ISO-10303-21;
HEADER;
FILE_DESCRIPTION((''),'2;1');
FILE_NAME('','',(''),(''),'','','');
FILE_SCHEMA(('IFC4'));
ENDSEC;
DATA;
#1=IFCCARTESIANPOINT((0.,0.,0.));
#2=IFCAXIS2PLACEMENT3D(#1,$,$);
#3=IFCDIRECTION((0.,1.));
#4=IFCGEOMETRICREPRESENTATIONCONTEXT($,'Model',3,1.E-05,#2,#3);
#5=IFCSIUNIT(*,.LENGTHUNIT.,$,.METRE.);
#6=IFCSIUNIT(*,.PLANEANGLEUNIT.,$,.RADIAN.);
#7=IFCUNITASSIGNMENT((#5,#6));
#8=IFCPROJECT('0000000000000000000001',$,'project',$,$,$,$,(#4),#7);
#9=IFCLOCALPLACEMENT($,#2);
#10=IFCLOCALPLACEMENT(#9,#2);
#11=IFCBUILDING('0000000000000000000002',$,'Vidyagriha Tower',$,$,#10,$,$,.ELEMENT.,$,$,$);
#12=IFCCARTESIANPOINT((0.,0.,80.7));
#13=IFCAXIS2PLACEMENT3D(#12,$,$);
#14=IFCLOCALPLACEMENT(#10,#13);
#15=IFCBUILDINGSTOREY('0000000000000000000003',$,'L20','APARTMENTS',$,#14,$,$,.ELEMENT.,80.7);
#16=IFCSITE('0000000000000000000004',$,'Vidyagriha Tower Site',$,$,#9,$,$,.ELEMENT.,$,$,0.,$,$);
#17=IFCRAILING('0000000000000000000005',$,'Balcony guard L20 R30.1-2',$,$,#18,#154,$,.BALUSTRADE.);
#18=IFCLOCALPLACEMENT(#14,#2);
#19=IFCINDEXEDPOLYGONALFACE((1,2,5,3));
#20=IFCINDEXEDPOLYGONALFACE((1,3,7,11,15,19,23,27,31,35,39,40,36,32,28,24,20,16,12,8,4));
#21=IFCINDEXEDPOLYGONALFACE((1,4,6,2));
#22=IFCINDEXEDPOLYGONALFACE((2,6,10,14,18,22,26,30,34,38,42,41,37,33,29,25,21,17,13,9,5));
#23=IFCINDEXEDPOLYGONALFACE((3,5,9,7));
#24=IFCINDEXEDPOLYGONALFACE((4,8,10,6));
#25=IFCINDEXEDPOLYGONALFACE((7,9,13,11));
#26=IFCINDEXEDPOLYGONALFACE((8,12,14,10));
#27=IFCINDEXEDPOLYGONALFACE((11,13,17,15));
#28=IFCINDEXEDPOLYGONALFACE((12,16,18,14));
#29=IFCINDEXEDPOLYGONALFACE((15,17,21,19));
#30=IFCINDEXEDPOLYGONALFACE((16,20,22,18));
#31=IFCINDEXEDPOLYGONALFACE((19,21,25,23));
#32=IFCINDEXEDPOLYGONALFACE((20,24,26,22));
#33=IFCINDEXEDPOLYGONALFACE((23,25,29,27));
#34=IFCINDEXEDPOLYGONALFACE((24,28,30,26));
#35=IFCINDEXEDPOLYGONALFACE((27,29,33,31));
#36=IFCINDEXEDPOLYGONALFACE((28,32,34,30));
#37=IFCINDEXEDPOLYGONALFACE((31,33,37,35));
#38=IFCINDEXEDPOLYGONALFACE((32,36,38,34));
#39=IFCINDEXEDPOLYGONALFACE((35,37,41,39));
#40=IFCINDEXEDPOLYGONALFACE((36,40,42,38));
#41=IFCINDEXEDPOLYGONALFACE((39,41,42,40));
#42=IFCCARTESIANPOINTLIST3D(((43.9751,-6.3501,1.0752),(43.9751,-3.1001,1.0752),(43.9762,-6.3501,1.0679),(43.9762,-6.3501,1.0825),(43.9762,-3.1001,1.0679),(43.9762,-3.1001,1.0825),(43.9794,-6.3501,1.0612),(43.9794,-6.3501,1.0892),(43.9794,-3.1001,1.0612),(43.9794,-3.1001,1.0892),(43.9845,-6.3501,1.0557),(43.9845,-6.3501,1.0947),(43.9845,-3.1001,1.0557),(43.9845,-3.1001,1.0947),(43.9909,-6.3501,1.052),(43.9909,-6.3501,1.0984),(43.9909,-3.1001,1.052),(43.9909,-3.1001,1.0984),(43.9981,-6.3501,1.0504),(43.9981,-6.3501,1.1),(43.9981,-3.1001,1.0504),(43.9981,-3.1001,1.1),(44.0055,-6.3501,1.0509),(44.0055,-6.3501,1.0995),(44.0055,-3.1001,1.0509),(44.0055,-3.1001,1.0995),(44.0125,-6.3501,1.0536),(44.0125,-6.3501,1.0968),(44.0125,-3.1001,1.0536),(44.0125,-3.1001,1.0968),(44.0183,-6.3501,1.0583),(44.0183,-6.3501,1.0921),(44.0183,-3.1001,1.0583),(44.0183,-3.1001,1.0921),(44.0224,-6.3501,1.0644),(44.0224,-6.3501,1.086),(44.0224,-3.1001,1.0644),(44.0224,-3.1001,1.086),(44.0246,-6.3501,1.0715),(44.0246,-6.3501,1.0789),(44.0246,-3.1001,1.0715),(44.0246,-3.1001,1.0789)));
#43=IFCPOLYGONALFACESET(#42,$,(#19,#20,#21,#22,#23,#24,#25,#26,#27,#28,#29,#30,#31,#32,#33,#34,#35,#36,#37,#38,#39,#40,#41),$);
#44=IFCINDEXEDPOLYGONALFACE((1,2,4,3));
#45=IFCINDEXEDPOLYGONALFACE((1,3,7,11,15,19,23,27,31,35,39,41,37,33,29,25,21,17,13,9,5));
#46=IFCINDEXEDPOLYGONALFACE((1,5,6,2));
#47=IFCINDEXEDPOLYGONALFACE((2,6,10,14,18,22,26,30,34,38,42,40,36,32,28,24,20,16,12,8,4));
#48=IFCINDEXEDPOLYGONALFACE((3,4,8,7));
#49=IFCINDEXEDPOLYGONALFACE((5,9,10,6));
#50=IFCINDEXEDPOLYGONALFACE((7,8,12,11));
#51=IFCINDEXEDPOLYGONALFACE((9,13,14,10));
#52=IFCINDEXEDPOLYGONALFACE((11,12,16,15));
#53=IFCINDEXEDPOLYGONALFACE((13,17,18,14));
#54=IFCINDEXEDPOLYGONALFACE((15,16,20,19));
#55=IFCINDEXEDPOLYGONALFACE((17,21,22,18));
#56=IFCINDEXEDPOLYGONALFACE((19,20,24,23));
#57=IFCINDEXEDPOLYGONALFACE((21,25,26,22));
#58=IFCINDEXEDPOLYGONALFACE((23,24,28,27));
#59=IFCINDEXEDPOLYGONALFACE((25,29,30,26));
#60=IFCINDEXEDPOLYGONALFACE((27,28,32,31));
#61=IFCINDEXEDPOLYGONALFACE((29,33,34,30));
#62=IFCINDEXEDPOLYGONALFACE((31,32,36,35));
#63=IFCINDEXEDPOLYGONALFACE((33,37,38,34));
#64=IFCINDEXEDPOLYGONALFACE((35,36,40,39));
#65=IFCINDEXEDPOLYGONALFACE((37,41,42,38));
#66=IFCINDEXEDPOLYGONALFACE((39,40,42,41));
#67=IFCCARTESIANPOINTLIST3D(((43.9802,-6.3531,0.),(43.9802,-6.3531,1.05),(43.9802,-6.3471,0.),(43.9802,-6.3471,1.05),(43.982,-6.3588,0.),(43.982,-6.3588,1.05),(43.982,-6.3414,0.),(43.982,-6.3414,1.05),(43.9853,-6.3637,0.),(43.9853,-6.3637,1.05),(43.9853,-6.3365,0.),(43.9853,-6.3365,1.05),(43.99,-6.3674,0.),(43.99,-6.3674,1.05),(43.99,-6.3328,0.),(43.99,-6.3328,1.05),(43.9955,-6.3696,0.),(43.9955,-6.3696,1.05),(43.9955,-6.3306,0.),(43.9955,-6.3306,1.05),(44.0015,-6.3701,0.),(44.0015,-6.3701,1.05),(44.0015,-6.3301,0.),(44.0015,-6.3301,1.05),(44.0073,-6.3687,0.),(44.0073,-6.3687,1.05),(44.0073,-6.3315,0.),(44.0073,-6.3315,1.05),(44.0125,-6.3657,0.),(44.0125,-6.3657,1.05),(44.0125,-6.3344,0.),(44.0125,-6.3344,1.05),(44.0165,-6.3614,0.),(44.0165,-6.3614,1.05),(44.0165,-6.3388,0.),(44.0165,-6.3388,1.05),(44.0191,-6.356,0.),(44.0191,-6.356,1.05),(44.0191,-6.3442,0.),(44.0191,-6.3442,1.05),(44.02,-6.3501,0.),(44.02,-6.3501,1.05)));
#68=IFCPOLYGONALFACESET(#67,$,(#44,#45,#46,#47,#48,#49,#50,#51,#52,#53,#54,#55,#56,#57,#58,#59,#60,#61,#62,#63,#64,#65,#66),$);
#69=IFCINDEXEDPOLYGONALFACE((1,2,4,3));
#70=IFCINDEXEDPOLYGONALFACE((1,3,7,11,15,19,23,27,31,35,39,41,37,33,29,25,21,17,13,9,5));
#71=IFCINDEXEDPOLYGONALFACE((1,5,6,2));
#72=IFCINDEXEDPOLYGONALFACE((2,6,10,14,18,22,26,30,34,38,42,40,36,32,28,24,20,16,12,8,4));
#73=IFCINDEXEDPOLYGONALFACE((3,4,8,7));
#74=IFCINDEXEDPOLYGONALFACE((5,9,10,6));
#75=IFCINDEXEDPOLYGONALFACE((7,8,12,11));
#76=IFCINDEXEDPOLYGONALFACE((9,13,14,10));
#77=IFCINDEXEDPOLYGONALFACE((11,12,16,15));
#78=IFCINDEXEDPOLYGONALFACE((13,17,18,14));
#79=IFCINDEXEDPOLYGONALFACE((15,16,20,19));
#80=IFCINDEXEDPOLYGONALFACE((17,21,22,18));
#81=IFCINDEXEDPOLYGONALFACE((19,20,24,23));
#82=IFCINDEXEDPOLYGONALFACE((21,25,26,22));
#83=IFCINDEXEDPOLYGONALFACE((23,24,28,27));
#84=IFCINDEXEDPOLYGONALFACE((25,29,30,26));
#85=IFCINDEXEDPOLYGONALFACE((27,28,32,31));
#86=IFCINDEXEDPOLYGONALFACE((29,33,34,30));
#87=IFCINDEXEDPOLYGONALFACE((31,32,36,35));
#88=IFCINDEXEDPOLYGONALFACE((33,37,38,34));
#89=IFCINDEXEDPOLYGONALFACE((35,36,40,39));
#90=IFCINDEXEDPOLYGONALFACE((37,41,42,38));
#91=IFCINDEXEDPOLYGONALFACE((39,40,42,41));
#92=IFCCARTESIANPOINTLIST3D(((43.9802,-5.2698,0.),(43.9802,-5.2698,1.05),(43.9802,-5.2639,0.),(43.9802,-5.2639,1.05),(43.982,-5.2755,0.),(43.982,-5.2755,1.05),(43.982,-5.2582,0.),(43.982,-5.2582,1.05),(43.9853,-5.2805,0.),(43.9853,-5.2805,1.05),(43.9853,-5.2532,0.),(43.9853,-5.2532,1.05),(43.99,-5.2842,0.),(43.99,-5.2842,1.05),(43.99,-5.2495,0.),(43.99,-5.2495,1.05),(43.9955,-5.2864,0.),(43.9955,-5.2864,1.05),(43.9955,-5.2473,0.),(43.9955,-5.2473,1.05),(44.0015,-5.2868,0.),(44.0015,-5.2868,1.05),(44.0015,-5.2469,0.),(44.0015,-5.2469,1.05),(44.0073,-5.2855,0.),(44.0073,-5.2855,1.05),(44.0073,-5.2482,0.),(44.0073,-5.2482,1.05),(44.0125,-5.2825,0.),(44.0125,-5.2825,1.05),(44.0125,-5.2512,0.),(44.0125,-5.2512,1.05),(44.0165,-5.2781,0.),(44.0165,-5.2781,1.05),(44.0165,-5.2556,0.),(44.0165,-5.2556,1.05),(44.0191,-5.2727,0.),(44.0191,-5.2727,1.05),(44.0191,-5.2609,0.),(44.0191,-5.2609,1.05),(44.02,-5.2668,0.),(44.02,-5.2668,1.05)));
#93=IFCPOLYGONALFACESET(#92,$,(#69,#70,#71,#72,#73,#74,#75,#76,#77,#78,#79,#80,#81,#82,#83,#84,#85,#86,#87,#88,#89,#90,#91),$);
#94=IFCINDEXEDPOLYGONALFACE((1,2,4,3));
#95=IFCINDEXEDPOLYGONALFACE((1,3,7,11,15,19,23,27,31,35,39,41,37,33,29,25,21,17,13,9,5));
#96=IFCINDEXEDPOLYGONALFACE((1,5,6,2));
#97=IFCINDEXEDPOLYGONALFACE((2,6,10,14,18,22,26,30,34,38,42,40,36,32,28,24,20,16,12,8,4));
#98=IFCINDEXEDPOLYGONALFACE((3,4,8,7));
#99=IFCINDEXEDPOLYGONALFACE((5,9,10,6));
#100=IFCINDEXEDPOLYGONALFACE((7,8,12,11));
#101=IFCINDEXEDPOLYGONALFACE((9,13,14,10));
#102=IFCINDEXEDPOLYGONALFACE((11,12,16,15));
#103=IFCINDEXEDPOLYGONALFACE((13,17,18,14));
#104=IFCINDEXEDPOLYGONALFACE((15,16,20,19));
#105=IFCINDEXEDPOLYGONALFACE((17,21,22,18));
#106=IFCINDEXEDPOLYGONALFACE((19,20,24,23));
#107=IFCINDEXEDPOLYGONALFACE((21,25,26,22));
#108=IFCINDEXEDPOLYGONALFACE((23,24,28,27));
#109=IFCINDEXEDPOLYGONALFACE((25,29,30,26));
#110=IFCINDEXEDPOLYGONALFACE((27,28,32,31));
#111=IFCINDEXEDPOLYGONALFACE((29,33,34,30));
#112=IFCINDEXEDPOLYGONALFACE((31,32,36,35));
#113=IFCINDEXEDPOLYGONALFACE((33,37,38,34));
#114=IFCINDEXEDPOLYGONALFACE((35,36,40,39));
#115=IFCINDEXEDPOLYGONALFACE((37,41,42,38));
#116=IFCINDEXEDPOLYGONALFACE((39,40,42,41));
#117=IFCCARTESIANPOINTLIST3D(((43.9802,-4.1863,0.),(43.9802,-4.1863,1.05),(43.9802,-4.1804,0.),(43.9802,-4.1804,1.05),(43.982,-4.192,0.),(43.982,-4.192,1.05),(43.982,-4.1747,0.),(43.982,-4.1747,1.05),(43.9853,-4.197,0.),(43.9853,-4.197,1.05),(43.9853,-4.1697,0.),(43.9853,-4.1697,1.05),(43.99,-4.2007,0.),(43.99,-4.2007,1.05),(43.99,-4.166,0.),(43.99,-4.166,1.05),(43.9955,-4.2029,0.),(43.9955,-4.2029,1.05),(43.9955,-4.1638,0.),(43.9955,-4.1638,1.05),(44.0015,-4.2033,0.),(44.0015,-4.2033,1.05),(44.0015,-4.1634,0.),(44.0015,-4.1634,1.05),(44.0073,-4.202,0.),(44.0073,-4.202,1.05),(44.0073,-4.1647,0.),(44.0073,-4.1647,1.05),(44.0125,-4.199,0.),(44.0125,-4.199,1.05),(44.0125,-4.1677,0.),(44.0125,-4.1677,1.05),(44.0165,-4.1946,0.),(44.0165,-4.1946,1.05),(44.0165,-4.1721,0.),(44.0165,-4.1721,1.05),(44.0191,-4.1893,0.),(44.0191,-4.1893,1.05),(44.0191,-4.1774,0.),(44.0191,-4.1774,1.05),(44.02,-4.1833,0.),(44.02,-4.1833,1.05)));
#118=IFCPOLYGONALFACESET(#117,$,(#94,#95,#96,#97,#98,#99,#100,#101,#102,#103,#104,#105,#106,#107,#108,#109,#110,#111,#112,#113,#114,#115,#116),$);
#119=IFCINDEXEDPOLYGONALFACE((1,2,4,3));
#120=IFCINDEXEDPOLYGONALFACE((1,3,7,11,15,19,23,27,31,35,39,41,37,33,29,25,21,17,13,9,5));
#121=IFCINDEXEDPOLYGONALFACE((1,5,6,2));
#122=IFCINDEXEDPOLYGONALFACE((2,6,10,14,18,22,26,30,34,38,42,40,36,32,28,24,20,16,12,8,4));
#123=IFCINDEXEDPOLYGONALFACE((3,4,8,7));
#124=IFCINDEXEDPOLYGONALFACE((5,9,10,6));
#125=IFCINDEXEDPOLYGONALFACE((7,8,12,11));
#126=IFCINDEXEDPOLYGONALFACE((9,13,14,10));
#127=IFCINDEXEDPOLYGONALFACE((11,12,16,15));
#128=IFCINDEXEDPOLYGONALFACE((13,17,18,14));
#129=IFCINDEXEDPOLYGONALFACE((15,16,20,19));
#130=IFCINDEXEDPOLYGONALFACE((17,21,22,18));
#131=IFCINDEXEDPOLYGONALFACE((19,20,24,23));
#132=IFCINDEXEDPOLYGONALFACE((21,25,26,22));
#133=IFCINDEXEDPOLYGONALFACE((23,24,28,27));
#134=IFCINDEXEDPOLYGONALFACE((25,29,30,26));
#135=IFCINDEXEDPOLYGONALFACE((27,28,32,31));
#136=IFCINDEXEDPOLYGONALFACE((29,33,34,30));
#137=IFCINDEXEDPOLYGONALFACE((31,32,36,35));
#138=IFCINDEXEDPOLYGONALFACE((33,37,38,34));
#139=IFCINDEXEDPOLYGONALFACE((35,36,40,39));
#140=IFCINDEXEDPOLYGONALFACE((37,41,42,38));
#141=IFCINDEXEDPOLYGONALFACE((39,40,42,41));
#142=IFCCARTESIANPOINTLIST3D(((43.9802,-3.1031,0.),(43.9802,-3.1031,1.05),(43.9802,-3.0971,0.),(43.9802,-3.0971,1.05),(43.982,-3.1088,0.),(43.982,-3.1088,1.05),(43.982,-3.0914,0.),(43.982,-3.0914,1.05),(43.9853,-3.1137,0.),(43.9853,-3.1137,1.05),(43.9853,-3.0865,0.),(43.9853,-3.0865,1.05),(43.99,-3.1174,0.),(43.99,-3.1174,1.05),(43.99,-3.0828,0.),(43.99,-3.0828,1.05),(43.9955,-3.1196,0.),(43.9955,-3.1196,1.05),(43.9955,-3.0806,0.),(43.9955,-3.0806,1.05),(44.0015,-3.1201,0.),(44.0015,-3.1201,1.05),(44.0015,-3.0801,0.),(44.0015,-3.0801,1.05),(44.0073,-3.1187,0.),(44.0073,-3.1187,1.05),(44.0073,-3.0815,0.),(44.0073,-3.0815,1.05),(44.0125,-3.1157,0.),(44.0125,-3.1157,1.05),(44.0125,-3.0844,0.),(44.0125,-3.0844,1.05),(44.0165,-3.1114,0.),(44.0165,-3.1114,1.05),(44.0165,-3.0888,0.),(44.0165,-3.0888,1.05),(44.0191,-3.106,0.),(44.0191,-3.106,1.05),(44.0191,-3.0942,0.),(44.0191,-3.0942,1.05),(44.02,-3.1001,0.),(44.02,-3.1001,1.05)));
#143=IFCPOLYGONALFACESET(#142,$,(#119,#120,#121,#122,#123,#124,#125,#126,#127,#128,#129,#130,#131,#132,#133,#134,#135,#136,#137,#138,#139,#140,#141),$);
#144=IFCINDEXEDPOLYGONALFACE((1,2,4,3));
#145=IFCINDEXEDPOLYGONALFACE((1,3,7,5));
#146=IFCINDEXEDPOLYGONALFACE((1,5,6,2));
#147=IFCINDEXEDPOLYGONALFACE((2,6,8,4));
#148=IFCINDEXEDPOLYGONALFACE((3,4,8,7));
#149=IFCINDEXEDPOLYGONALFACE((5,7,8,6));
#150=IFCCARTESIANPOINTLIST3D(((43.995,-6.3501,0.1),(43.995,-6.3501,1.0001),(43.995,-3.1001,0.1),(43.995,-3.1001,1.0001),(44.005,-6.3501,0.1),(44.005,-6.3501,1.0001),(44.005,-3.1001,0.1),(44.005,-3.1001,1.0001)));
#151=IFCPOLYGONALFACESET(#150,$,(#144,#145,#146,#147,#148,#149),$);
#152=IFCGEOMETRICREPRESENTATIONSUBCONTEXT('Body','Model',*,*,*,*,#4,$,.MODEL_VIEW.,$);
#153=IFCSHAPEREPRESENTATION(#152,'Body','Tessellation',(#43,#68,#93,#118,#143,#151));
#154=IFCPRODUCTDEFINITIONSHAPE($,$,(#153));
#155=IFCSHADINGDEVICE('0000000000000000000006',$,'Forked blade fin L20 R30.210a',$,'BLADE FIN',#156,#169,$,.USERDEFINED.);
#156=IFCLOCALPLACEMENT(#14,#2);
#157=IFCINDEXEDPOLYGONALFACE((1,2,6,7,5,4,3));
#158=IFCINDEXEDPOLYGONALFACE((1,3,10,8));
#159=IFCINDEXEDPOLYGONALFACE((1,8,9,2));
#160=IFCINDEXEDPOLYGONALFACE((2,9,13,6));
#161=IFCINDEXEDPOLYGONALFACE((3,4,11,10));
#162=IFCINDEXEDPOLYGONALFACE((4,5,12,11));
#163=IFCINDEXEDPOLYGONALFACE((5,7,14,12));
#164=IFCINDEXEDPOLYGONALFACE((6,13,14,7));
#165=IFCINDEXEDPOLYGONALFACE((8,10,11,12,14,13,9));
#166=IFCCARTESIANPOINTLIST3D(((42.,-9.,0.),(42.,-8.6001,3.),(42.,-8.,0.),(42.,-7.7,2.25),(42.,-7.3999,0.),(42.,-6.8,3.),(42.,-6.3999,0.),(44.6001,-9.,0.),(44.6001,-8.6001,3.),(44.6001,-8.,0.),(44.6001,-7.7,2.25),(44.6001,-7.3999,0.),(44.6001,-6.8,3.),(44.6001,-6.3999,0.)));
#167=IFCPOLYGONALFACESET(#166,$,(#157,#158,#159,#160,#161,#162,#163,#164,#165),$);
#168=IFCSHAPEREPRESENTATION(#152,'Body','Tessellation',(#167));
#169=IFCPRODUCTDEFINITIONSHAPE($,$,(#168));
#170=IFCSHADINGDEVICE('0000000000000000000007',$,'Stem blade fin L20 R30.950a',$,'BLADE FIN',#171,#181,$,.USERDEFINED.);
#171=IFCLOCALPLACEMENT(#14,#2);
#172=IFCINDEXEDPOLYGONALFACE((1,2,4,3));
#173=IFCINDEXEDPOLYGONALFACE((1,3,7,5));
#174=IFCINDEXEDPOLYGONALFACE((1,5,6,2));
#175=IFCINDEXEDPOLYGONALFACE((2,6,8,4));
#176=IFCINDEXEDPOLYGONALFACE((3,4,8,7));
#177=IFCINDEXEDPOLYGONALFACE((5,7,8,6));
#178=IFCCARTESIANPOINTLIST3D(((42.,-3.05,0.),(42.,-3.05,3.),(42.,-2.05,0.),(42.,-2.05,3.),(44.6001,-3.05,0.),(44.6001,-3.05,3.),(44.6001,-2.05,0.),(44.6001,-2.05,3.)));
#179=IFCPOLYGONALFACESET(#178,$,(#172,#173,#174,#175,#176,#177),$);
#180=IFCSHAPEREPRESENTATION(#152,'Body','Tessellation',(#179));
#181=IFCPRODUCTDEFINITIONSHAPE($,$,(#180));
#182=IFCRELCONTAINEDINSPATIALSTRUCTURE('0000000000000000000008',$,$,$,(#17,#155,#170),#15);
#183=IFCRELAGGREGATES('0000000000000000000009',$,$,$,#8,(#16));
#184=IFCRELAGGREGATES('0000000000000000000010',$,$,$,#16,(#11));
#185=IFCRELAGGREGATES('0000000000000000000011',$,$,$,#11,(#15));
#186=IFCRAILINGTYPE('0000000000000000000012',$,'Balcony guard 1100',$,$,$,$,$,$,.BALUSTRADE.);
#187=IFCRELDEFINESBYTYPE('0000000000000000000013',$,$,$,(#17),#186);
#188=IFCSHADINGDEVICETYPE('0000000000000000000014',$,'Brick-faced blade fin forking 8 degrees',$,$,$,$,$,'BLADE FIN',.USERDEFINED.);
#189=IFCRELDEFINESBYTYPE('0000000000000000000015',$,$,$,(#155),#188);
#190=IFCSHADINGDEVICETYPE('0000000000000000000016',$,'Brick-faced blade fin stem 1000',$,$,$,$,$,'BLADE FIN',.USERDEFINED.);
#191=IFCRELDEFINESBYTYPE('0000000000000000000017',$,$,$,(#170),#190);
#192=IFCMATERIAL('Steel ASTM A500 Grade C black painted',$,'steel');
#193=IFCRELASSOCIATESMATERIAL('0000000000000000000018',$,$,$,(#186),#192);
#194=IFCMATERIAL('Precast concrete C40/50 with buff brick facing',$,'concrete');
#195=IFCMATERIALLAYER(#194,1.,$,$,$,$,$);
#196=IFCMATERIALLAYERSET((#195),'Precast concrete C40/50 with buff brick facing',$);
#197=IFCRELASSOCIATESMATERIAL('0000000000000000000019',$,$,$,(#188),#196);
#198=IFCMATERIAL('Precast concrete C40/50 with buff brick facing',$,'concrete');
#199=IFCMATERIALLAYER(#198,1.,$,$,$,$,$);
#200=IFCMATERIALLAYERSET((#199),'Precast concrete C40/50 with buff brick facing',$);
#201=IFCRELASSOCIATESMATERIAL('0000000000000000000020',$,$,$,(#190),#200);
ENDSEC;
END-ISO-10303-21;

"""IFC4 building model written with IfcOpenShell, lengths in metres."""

from ifc_helpers import new_model, si_unit, direction, frame, origin, origin_2d, place, context, subcontext, project, spatial, polyline, rectangle, circle, outline, extrude, material, layer, layer_set, type_object, element, save


model = new_model("IFC4")

# Units and contexts
model_context = context("Model", 3, precision=1e-05, world=origin(), true_north=direction((0.0, 1.0)))
body_context = subcontext(model_context, "Body", "Model", "MODEL_VIEW")
ifc_project = project(units=[si_unit("LENGTHUNIT", "METRE"), si_unit("PLANEANGLEUNIT", "RADIAN")], contexts=[model_context])

# Site, building, storey
site_placement = place(None, origin())
site = spatial("IfcSite", under=ifc_project, at=site_placement, Name="Vidyagriha Tower Site", CompositionType="ELEMENT", RefElevation=0.0)
building_placement = place(site_placement, origin())
building = spatial("IfcBuilding", under=site, at=building_placement, Name="Vidyagriha Tower", CompositionType="ELEMENT")
storey_placement = place(building_placement, frame((0.0, 0.0, 80.7)))
storey = spatial("IfcBuildingStorey", under=building, at=storey_placement, Name="L20", Description="APARTMENTS", CompositionType="ELEMENT", Elevation=80.7)

# Railing
ifc_material_1 = material(Name="Steel ASTM A500 Grade C black painted", Category="steel")
railing_type_1 = type_object("IfcRailingType", Name="Balcony guard 1100", PredefinedType="BALUSTRADE", material=ifc_material_1)
railing_1_placement = place(storey_placement, frame((44.0, -6.3501, 0.0)))
element("IfcRailing", 1, at=railing_1_placement, inside=storey, type_object=railing_type_1, Name="Balcony guard L20 R30.1-2", PredefinedType="BALUSTRADE", context=body_context, shape_type="SweptSolid", body=[
    extrude(circle(Radius=0.0249, at=origin_2d()), frame((0.0, 0.0, 1.0752), z_axis=(0.0, 1.0, 0.0), x_axis=(-1.0, 0.0, 0.0)), (0.0, 0.0, 1.0), 3.25),
    extrude(circle(Radius=0.02, at=origin_2d()), origin(), (0.0, 0.0, 1.0), 1.05),
    extrude(circle(Radius=0.02, at=origin_2d()), frame((0.0, 1.0833, 0.0)), (0.0, 0.0, 1.0), 1.05),
    extrude(circle(Radius=0.02, at=origin_2d()), frame((0.0, 2.1667, 0.0)), (0.0, 0.0, 1.0), 1.05),
    extrude(circle(Radius=0.02, at=origin_2d()), frame((0.0, 3.25, 0.0)), (0.0, 0.0, 1.0), 1.05),
    extrude(rectangle(XDim=0.01, YDim=0.9001, at=origin_2d()), frame((0.0, 0.0, 0.55), z_axis=(0.0, 1.0, 0.0), x_axis=(-1.0, 0.0, 0.0)), (0.0, 0.0, 1.0), 3.25),
])

# Shading devices
ifc_material_2 = material(Name="Precast concrete C40/50 with buff brick facing", Category="concrete")
ifc_layer_1 = layer(ifc_material_2, 1.0)
ifc_layer_set_1 = layer_set([ifc_layer_1], Name="Precast concrete C40/50 with buff brick facing")
shading_device_type_1 = type_object("IfcShadingDeviceType", Name="Brick-faced blade fin forking 8 degrees", ElementType="BLADE FIN", PredefinedType="USERDEFINED", material=ifc_layer_set_1)
shading_device_1_placement = place(storey_placement, frame((43.3, -9.0, 0.0), z_axis=(0.0, 0.0, 1.0), x_axis=(0.0, 1.0, 0.0)))
element("IfcShadingDevice", 2, at=shading_device_1_placement, inside=storey, type_object=shading_device_type_1, Name="Forked blade fin L20 R30.210a", ObjectType="BLADE FIN", PredefinedType="USERDEFINED", context=body_context, shape_type="SweptSolid", body=[
    extrude(outline(polyline([(1.0, 0.0), (1.3, 2.25), (1.6001, 0.0), (2.6001, 0.0), (2.2, 3.0), (0.3999, 3.0), (0.0, 0.0), (1.0, 0.0)])), frame((0.0, 1.3, 0.0), z_axis=(0.0, -1.0, 0.0), x_axis=(1.0, 0.0, 0.0)), (0.0, 0.0, 1.0), 2.6001),
])
ifc_material_3 = material(Name="Precast concrete C40/50 with buff brick facing", Category="concrete")
ifc_layer_2 = layer(ifc_material_3, 1.0)
ifc_layer_set_2 = layer_set([ifc_layer_2], Name="Precast concrete C40/50 with buff brick facing")
shading_device_type_2 = type_object("IfcShadingDeviceType", Name="Brick-faced blade fin stem 1000", ElementType="BLADE FIN", PredefinedType="USERDEFINED", material=ifc_layer_set_2)
shading_device_2_placement = place(storey_placement, frame((43.3, -3.05, 0.0), z_axis=(0.0, 0.0, 1.0), x_axis=(0.0, 1.0, 0.0)))
element("IfcShadingDevice", 3, at=shading_device_2_placement, inside=storey, type_object=shading_device_type_2, Name="Stem blade fin L20 R30.950a", ObjectType="BLADE FIN", PredefinedType="USERDEFINED", context=body_context, shape_type="SweptSolid", body=[
    extrude(outline(polyline([(0.0, 0.0), (1.0, 0.0), (1.0, 3.0), (0.0, 3.0), (0.0, 0.0)])), frame((0.0, 1.3, 0.0), z_axis=(0.0, -1.0, 0.0), x_axis=(1.0, 0.0, 0.0)), (0.0, 0.0, 1.0), 2.6001),
])

save(model, "model.ifc")
